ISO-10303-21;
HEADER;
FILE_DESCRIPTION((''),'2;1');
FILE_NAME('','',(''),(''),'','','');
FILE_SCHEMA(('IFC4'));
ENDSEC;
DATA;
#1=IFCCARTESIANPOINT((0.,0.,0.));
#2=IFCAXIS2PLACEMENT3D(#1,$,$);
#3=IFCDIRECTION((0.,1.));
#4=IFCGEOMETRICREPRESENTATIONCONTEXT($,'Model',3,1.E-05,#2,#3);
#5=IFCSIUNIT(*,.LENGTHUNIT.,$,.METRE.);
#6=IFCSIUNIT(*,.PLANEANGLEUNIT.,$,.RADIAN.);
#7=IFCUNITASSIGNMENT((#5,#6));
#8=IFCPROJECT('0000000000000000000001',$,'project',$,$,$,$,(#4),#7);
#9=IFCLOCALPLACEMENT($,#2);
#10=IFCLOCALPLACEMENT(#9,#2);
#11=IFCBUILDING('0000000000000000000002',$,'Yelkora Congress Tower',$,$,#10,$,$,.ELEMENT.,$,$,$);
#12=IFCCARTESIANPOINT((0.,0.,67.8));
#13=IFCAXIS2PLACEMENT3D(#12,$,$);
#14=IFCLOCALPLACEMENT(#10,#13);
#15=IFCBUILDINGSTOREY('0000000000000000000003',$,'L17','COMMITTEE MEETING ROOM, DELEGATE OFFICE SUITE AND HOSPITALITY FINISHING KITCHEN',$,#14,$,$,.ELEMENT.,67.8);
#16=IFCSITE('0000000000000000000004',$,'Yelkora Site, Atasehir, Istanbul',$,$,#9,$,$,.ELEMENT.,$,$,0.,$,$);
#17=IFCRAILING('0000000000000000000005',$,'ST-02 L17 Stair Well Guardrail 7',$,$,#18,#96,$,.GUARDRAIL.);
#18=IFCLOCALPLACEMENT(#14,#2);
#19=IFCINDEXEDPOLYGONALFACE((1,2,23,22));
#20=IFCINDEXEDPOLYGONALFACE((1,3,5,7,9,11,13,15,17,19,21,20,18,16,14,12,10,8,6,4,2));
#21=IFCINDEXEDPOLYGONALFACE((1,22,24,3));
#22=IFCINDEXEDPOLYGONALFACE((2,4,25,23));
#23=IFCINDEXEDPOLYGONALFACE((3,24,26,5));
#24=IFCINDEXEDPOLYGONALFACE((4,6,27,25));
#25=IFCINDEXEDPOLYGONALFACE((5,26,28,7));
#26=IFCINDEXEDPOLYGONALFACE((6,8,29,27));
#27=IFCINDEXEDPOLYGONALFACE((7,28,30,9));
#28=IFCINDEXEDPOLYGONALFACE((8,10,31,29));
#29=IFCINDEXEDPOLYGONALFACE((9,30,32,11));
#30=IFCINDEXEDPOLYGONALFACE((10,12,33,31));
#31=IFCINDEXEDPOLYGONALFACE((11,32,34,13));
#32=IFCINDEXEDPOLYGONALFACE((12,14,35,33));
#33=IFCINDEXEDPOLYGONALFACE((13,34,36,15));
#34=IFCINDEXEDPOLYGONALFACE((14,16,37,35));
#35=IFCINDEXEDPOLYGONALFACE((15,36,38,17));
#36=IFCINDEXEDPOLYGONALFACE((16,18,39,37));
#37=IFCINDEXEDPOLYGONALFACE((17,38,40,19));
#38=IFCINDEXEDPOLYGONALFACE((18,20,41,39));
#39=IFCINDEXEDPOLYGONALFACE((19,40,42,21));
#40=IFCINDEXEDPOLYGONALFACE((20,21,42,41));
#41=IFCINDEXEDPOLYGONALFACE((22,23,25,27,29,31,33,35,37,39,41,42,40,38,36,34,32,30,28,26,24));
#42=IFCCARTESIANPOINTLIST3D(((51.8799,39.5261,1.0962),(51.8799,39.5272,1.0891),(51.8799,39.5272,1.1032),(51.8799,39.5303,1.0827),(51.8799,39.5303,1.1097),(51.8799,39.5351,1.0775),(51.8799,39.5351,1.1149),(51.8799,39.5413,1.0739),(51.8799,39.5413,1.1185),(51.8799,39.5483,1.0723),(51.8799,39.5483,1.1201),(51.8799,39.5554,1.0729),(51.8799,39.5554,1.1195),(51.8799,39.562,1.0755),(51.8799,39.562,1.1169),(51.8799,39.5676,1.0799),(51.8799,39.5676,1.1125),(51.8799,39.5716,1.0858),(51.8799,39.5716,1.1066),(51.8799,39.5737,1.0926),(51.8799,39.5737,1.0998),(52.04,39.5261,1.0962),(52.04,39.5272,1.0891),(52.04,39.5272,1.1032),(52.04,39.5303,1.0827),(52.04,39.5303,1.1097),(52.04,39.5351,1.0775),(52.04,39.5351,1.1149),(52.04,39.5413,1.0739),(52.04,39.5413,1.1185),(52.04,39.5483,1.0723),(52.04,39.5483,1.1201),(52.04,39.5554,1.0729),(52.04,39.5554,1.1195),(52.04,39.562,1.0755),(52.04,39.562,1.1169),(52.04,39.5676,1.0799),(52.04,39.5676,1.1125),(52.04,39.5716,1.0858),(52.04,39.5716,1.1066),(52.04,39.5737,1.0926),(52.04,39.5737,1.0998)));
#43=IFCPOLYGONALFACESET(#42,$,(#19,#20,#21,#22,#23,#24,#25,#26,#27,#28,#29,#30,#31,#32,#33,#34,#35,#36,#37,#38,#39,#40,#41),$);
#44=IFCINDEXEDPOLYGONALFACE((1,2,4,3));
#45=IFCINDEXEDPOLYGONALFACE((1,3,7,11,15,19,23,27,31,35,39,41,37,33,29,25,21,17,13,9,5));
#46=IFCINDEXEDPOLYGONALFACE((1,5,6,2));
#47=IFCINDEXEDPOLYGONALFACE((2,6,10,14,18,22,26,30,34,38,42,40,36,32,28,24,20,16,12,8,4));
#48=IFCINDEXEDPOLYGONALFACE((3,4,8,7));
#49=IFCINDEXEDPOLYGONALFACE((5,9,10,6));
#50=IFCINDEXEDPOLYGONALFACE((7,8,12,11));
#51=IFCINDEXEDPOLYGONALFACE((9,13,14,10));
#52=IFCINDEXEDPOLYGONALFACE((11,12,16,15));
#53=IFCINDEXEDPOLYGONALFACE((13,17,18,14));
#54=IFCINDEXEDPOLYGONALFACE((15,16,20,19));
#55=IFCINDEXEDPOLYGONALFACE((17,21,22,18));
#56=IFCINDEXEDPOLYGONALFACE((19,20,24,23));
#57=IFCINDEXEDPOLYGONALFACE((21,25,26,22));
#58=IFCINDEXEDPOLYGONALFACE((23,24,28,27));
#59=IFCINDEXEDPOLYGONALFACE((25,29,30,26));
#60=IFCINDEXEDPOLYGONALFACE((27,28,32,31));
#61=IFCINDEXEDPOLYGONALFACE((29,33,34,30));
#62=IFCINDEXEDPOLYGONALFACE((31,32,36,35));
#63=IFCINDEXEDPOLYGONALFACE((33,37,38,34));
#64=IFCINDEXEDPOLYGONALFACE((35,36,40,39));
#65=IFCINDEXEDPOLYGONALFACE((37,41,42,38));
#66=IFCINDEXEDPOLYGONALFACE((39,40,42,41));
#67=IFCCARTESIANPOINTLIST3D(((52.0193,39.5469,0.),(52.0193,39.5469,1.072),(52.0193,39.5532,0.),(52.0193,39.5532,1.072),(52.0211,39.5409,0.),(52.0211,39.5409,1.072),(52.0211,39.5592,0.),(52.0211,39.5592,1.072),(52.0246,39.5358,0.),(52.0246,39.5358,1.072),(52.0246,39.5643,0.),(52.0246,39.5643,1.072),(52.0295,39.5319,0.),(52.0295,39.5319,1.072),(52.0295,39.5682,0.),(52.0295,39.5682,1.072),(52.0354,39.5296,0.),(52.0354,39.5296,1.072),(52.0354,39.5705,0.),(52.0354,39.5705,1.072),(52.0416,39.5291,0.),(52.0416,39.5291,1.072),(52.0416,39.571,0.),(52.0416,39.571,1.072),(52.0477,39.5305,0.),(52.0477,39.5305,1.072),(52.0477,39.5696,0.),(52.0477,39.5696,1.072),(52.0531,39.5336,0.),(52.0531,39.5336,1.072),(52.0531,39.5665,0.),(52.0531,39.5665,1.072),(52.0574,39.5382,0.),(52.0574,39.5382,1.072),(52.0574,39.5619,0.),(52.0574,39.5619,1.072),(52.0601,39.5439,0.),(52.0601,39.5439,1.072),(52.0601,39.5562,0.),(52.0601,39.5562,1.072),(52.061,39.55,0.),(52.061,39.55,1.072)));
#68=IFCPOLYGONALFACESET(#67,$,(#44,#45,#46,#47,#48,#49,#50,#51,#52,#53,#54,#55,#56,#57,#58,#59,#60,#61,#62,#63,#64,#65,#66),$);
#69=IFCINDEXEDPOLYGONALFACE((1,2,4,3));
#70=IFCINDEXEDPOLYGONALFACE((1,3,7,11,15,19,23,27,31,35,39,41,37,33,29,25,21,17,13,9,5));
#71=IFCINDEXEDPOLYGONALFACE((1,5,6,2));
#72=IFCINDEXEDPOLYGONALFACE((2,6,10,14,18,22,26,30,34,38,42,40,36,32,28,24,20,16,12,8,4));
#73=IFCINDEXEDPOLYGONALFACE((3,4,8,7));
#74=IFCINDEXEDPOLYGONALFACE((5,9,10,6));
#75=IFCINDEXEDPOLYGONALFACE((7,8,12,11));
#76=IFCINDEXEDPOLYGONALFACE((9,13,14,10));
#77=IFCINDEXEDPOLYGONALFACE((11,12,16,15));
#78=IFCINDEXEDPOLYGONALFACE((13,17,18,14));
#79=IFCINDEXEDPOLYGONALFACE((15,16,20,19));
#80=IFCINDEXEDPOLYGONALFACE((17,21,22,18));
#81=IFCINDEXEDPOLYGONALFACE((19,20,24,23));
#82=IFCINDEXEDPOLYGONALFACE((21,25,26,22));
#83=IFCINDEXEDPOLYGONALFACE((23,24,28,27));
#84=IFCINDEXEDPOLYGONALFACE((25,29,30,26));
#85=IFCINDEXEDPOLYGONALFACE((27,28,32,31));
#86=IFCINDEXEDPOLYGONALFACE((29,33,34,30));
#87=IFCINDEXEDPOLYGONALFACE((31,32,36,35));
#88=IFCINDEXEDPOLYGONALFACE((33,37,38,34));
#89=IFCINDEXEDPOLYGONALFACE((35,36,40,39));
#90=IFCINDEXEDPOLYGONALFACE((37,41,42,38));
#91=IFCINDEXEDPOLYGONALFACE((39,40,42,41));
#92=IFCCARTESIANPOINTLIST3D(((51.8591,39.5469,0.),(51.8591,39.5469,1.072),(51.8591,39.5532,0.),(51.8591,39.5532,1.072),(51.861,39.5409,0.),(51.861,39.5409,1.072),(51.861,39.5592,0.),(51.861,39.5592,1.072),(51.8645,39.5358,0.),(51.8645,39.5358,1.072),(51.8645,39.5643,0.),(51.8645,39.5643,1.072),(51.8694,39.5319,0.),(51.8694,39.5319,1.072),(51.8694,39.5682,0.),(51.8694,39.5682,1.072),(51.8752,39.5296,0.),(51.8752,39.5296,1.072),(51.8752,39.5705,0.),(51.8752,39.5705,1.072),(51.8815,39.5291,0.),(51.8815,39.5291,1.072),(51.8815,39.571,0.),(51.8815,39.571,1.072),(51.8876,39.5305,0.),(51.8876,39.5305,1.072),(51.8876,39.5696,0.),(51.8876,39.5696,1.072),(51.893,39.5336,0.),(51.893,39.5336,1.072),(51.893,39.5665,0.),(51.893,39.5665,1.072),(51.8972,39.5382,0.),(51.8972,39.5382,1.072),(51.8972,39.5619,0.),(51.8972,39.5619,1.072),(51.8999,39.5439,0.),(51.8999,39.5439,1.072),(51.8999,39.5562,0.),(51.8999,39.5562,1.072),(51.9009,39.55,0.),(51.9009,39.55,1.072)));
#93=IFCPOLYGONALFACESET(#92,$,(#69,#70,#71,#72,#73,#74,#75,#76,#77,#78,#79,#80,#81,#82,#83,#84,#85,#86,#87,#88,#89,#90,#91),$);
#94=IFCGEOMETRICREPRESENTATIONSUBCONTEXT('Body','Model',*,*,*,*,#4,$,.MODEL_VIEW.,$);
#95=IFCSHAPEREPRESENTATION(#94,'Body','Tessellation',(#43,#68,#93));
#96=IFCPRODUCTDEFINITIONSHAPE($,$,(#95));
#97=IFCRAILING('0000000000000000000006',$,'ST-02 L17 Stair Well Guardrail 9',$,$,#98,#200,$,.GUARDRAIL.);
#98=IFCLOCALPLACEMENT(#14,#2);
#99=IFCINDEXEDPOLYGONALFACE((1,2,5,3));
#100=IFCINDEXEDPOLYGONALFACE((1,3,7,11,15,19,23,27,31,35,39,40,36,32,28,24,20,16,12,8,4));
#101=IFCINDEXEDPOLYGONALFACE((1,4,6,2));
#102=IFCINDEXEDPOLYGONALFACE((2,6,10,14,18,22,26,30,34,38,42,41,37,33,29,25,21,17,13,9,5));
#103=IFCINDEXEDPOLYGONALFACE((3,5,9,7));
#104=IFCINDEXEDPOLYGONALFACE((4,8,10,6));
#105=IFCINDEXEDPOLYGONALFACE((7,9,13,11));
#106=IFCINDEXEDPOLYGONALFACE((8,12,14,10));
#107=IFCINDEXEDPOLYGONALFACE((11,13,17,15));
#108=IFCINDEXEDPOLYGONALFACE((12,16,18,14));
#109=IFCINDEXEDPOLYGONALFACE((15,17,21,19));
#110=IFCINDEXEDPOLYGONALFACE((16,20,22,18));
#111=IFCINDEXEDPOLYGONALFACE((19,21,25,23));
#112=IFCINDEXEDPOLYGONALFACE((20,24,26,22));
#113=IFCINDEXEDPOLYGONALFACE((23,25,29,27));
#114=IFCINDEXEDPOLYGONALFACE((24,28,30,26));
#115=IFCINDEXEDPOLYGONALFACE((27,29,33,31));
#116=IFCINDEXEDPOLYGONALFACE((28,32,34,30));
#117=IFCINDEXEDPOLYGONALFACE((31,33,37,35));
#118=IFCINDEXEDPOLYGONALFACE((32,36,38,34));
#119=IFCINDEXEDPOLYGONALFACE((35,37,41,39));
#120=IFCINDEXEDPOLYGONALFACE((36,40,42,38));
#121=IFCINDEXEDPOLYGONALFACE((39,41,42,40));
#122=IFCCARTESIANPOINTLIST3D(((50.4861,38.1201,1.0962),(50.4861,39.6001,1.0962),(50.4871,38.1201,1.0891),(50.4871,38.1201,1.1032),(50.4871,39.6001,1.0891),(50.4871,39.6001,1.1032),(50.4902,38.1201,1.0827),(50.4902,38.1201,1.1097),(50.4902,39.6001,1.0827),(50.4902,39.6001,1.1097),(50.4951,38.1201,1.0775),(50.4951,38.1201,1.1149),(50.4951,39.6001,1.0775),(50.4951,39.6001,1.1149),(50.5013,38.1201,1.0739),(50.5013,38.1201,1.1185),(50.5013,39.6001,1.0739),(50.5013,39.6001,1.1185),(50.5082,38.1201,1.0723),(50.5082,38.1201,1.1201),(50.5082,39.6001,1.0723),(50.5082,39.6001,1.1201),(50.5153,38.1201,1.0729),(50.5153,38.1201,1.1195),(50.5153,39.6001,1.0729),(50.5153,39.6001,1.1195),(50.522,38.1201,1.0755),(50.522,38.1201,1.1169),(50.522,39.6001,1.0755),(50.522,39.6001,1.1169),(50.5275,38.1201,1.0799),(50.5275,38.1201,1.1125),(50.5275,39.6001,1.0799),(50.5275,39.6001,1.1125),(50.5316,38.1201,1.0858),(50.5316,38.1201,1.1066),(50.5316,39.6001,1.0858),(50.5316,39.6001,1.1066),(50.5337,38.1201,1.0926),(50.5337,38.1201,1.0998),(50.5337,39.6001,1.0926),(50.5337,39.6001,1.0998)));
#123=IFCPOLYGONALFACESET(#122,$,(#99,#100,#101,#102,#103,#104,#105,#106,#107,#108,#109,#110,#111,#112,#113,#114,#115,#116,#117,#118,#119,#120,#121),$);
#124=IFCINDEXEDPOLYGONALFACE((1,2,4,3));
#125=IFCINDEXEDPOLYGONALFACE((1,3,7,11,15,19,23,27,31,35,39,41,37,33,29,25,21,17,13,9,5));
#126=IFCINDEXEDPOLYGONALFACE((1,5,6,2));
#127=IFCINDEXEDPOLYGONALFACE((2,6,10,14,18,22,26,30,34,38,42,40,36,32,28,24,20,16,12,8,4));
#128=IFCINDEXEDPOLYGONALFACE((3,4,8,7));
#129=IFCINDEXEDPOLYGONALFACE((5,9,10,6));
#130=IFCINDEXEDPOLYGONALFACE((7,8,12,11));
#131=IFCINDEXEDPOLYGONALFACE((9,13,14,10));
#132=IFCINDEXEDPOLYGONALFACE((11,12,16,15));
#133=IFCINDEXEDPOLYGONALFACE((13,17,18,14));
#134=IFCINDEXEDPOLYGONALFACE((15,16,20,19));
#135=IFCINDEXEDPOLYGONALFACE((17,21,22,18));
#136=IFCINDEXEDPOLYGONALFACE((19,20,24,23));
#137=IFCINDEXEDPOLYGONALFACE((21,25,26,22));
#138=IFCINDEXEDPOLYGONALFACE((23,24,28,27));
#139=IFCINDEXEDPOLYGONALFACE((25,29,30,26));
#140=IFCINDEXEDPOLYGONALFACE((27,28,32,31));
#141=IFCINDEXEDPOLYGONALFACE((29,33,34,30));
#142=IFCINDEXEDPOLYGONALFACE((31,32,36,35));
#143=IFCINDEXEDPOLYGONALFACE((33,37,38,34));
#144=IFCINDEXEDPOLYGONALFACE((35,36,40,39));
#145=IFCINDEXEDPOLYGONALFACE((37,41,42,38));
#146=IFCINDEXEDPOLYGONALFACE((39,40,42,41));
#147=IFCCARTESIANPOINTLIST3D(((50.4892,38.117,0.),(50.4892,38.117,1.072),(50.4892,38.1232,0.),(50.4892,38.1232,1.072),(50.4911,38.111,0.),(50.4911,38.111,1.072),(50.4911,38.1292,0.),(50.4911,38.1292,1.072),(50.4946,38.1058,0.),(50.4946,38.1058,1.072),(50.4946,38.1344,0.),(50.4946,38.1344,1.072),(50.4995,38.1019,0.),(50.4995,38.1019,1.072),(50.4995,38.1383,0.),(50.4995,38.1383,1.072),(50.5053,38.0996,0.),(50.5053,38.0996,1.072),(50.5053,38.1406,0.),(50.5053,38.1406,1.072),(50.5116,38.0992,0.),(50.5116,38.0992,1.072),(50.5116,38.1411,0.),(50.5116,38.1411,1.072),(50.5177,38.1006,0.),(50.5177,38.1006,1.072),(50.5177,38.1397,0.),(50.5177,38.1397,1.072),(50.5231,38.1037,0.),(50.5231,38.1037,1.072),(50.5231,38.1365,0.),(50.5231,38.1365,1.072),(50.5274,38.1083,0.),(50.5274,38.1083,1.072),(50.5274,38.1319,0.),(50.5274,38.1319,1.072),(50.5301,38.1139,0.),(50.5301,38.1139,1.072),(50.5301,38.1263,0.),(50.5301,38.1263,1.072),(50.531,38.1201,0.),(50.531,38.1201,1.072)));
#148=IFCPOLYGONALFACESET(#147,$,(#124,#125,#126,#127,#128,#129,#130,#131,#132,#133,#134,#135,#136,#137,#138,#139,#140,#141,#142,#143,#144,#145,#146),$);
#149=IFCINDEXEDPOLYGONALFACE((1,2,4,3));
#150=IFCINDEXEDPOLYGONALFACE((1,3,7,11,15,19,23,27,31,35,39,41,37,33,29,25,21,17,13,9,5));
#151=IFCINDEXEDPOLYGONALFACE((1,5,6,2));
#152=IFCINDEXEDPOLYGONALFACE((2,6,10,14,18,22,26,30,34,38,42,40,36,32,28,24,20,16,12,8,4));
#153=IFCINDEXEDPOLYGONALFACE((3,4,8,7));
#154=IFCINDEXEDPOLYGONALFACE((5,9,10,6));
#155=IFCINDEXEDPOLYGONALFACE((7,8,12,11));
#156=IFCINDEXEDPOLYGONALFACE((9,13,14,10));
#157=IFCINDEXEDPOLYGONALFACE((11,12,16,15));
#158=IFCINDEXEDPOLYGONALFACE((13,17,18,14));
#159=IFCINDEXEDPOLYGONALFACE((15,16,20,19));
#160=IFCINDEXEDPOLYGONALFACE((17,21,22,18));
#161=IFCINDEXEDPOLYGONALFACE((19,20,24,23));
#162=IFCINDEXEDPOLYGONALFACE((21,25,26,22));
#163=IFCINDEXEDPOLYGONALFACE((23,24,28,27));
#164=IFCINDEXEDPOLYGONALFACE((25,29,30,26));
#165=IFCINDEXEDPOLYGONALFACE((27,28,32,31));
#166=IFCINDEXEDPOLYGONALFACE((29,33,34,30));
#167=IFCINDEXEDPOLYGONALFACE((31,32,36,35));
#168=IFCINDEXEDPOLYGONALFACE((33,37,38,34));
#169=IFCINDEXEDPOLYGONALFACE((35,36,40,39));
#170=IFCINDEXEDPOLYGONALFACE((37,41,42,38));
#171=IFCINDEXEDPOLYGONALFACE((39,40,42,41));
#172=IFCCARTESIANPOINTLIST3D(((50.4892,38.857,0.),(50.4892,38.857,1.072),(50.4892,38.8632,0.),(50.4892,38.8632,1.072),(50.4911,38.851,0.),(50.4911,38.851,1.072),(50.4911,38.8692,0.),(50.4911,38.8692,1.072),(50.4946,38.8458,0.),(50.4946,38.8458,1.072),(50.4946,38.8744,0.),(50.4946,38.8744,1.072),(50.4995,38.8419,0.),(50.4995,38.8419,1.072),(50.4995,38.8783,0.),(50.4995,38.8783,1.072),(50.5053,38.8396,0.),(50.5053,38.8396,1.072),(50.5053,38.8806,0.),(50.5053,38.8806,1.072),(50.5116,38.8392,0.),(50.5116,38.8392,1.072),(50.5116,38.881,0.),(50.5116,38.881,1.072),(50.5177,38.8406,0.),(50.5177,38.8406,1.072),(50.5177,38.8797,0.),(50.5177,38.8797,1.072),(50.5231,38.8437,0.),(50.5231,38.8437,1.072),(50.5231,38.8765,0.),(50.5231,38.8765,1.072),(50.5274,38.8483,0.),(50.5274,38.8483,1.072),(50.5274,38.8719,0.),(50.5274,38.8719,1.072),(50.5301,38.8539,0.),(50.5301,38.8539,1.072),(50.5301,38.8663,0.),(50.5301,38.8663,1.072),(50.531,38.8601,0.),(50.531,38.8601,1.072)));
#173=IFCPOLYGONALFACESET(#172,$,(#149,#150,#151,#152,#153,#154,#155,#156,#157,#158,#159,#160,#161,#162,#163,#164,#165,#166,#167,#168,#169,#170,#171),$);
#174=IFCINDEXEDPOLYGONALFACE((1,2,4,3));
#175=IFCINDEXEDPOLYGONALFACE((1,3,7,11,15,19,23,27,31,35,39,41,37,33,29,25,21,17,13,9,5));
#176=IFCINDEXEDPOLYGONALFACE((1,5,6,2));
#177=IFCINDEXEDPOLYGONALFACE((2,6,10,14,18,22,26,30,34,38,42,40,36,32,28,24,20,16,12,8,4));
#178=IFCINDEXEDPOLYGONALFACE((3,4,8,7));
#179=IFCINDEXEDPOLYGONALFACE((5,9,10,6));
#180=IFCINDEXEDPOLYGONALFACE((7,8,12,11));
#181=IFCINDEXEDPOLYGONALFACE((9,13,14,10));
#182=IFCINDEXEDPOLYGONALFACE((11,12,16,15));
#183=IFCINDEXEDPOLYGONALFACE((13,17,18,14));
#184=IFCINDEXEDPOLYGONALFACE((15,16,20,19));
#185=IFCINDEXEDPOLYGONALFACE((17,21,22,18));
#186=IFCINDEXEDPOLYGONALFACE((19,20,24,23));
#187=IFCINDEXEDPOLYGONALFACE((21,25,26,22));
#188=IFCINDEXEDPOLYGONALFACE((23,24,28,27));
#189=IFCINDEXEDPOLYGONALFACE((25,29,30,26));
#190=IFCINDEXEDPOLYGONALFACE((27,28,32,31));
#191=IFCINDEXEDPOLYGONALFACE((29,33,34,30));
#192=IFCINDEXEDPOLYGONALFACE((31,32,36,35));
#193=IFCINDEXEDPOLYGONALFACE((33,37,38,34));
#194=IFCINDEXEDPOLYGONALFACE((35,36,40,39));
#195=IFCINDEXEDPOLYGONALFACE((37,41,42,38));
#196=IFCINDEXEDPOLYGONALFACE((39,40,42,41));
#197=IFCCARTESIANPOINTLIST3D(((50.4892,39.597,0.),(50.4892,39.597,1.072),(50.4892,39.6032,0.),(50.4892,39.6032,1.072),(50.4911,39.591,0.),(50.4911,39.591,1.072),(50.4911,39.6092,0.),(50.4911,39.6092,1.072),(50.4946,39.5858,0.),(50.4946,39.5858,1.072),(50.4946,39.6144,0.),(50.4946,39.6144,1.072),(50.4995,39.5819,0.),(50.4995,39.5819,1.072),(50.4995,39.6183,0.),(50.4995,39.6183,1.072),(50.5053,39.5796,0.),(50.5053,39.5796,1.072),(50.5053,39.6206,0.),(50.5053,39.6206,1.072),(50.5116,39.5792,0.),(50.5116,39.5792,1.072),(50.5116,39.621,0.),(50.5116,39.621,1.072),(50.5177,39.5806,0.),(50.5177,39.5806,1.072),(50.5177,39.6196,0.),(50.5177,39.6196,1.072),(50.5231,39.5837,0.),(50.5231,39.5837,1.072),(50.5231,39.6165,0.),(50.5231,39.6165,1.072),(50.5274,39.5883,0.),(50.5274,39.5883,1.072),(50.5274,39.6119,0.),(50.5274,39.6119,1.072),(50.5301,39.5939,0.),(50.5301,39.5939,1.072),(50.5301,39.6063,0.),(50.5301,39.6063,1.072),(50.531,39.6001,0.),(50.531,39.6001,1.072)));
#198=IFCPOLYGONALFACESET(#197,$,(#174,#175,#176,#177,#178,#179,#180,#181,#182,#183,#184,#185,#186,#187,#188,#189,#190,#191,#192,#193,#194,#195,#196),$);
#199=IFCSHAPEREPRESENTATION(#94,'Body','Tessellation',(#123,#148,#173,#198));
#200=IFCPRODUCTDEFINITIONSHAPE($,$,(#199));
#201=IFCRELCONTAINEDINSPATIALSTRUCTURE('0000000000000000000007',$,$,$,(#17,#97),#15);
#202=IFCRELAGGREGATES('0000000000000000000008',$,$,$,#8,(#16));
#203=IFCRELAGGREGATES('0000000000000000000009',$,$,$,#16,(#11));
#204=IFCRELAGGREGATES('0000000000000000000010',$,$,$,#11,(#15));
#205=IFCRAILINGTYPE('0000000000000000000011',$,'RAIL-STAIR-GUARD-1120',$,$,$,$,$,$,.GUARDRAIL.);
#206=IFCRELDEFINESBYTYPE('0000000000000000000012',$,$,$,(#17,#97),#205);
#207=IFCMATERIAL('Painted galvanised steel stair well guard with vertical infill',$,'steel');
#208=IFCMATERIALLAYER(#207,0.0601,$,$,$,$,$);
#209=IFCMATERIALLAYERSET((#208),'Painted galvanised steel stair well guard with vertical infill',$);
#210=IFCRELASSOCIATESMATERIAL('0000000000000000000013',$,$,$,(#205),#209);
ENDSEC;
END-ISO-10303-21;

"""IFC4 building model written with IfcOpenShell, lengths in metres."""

from ifc_helpers import new_model, si_unit, direction, frame, origin, origin_2d, place, context, subcontext, project, spatial, circle, extrude, material, layer, layer_set, type_object, element, save


model = new_model("IFC4")

# Units and contexts
model_context = context("Model", 3, precision=1e-05, world=origin(), true_north=direction((0.0, 1.0)))
body_context = subcontext(model_context, "Body", "Model", "MODEL_VIEW")
ifc_project = project(units=[si_unit("LENGTHUNIT", "METRE"), si_unit("PLANEANGLEUNIT", "RADIAN")], contexts=[model_context])

# Site, building, storey
site_placement = place(None, origin())
site = spatial("IfcSite", under=ifc_project, at=site_placement, Name="Yelkora Site, Atasehir, Istanbul", CompositionType="ELEMENT", RefElevation=0.0)
building_placement = place(site_placement, origin())
building = spatial("IfcBuilding", under=site, at=building_placement, Name="Yelkora Congress Tower", CompositionType="ELEMENT")
storey_placement = place(building_placement, frame((0.0, 0.0, 67.8)))
storey = spatial("IfcBuildingStorey", under=building, at=storey_placement, Name="L17", Description="COMMITTEE MEETING ROOM, DELEGATE OFFICE SUITE AND HOSPITALITY FINISHING KITCHEN", CompositionType="ELEMENT", Elevation=67.8)

# Railings
ifc_material_1 = material(Name="Painted galvanised steel stair well guard with vertical infill", Category="steel")
ifc_layer_1 = layer(ifc_material_1, 0.0601)
ifc_layer_set_1 = layer_set([ifc_layer_1], Name="Painted galvanised steel stair well guard with vertical infill")
railing_type_1 = type_object("IfcRailingType", Name="RAIL-STAIR-GUARD-1120", PredefinedType="GUARDRAIL", material=ifc_layer_set_1)
railing_1_placement = place(storey_placement, frame((52.04, 39.55, 0.0)))
element("IfcRailing", 1, at=railing_1_placement, inside=storey, type_object=railing_type_1, Name="ST-02 L17 Stair Well Guardrail 7", PredefinedType="GUARDRAIL", context=body_context, shape_type="SweptSolid", body=[
    extrude(circle(Radius=0.0239, at=origin_2d()), frame((0.0, 0.0, 1.0962), z_axis=(-1.0, 0.0, 0.0), x_axis=(0.0, -1.0, 0.0)), (0.0, 0.0, 1.0), 0.1602),
    extrude(circle(Radius=0.021, at=origin_2d()), origin(), (0.0, 0.0, 1.0), 1.072),
    extrude(circle(Radius=0.021, at=origin_2d()), frame((-0.1602, 0.0, 0.0)), (0.0, 0.0, 1.0), 1.072),
])
railing_2_placement = place(storey_placement, frame((50.51, 38.1201, 0.0)))
element("IfcRailing", 2, at=railing_2_placement, inside=storey, type_object=railing_type_1, Name="ST-02 L17 Stair Well Guardrail 9", PredefinedType="GUARDRAIL", context=body_context, shape_type="SweptSolid", body=[
    extrude(circle(Radius=0.0239, at=origin_2d()), frame((0.0, 0.0, 1.0962), z_axis=(0.0, 1.0, 0.0), x_axis=(-1.0, 0.0, 0.0)), (0.0, 0.0, 1.0), 1.48),
    extrude(circle(Radius=0.021, at=origin_2d()), origin(), (0.0, 0.0, 1.0), 1.072),
    extrude(circle(Radius=0.021, at=origin_2d()), frame((0.0, 0.74, 0.0)), (0.0, 0.0, 1.0), 1.072),
    extrude(circle(Radius=0.021, at=origin_2d()), frame((0.0, 1.48, 0.0)), (0.0, 0.0, 1.0), 1.072),
])

save(model, "model.ifc")
